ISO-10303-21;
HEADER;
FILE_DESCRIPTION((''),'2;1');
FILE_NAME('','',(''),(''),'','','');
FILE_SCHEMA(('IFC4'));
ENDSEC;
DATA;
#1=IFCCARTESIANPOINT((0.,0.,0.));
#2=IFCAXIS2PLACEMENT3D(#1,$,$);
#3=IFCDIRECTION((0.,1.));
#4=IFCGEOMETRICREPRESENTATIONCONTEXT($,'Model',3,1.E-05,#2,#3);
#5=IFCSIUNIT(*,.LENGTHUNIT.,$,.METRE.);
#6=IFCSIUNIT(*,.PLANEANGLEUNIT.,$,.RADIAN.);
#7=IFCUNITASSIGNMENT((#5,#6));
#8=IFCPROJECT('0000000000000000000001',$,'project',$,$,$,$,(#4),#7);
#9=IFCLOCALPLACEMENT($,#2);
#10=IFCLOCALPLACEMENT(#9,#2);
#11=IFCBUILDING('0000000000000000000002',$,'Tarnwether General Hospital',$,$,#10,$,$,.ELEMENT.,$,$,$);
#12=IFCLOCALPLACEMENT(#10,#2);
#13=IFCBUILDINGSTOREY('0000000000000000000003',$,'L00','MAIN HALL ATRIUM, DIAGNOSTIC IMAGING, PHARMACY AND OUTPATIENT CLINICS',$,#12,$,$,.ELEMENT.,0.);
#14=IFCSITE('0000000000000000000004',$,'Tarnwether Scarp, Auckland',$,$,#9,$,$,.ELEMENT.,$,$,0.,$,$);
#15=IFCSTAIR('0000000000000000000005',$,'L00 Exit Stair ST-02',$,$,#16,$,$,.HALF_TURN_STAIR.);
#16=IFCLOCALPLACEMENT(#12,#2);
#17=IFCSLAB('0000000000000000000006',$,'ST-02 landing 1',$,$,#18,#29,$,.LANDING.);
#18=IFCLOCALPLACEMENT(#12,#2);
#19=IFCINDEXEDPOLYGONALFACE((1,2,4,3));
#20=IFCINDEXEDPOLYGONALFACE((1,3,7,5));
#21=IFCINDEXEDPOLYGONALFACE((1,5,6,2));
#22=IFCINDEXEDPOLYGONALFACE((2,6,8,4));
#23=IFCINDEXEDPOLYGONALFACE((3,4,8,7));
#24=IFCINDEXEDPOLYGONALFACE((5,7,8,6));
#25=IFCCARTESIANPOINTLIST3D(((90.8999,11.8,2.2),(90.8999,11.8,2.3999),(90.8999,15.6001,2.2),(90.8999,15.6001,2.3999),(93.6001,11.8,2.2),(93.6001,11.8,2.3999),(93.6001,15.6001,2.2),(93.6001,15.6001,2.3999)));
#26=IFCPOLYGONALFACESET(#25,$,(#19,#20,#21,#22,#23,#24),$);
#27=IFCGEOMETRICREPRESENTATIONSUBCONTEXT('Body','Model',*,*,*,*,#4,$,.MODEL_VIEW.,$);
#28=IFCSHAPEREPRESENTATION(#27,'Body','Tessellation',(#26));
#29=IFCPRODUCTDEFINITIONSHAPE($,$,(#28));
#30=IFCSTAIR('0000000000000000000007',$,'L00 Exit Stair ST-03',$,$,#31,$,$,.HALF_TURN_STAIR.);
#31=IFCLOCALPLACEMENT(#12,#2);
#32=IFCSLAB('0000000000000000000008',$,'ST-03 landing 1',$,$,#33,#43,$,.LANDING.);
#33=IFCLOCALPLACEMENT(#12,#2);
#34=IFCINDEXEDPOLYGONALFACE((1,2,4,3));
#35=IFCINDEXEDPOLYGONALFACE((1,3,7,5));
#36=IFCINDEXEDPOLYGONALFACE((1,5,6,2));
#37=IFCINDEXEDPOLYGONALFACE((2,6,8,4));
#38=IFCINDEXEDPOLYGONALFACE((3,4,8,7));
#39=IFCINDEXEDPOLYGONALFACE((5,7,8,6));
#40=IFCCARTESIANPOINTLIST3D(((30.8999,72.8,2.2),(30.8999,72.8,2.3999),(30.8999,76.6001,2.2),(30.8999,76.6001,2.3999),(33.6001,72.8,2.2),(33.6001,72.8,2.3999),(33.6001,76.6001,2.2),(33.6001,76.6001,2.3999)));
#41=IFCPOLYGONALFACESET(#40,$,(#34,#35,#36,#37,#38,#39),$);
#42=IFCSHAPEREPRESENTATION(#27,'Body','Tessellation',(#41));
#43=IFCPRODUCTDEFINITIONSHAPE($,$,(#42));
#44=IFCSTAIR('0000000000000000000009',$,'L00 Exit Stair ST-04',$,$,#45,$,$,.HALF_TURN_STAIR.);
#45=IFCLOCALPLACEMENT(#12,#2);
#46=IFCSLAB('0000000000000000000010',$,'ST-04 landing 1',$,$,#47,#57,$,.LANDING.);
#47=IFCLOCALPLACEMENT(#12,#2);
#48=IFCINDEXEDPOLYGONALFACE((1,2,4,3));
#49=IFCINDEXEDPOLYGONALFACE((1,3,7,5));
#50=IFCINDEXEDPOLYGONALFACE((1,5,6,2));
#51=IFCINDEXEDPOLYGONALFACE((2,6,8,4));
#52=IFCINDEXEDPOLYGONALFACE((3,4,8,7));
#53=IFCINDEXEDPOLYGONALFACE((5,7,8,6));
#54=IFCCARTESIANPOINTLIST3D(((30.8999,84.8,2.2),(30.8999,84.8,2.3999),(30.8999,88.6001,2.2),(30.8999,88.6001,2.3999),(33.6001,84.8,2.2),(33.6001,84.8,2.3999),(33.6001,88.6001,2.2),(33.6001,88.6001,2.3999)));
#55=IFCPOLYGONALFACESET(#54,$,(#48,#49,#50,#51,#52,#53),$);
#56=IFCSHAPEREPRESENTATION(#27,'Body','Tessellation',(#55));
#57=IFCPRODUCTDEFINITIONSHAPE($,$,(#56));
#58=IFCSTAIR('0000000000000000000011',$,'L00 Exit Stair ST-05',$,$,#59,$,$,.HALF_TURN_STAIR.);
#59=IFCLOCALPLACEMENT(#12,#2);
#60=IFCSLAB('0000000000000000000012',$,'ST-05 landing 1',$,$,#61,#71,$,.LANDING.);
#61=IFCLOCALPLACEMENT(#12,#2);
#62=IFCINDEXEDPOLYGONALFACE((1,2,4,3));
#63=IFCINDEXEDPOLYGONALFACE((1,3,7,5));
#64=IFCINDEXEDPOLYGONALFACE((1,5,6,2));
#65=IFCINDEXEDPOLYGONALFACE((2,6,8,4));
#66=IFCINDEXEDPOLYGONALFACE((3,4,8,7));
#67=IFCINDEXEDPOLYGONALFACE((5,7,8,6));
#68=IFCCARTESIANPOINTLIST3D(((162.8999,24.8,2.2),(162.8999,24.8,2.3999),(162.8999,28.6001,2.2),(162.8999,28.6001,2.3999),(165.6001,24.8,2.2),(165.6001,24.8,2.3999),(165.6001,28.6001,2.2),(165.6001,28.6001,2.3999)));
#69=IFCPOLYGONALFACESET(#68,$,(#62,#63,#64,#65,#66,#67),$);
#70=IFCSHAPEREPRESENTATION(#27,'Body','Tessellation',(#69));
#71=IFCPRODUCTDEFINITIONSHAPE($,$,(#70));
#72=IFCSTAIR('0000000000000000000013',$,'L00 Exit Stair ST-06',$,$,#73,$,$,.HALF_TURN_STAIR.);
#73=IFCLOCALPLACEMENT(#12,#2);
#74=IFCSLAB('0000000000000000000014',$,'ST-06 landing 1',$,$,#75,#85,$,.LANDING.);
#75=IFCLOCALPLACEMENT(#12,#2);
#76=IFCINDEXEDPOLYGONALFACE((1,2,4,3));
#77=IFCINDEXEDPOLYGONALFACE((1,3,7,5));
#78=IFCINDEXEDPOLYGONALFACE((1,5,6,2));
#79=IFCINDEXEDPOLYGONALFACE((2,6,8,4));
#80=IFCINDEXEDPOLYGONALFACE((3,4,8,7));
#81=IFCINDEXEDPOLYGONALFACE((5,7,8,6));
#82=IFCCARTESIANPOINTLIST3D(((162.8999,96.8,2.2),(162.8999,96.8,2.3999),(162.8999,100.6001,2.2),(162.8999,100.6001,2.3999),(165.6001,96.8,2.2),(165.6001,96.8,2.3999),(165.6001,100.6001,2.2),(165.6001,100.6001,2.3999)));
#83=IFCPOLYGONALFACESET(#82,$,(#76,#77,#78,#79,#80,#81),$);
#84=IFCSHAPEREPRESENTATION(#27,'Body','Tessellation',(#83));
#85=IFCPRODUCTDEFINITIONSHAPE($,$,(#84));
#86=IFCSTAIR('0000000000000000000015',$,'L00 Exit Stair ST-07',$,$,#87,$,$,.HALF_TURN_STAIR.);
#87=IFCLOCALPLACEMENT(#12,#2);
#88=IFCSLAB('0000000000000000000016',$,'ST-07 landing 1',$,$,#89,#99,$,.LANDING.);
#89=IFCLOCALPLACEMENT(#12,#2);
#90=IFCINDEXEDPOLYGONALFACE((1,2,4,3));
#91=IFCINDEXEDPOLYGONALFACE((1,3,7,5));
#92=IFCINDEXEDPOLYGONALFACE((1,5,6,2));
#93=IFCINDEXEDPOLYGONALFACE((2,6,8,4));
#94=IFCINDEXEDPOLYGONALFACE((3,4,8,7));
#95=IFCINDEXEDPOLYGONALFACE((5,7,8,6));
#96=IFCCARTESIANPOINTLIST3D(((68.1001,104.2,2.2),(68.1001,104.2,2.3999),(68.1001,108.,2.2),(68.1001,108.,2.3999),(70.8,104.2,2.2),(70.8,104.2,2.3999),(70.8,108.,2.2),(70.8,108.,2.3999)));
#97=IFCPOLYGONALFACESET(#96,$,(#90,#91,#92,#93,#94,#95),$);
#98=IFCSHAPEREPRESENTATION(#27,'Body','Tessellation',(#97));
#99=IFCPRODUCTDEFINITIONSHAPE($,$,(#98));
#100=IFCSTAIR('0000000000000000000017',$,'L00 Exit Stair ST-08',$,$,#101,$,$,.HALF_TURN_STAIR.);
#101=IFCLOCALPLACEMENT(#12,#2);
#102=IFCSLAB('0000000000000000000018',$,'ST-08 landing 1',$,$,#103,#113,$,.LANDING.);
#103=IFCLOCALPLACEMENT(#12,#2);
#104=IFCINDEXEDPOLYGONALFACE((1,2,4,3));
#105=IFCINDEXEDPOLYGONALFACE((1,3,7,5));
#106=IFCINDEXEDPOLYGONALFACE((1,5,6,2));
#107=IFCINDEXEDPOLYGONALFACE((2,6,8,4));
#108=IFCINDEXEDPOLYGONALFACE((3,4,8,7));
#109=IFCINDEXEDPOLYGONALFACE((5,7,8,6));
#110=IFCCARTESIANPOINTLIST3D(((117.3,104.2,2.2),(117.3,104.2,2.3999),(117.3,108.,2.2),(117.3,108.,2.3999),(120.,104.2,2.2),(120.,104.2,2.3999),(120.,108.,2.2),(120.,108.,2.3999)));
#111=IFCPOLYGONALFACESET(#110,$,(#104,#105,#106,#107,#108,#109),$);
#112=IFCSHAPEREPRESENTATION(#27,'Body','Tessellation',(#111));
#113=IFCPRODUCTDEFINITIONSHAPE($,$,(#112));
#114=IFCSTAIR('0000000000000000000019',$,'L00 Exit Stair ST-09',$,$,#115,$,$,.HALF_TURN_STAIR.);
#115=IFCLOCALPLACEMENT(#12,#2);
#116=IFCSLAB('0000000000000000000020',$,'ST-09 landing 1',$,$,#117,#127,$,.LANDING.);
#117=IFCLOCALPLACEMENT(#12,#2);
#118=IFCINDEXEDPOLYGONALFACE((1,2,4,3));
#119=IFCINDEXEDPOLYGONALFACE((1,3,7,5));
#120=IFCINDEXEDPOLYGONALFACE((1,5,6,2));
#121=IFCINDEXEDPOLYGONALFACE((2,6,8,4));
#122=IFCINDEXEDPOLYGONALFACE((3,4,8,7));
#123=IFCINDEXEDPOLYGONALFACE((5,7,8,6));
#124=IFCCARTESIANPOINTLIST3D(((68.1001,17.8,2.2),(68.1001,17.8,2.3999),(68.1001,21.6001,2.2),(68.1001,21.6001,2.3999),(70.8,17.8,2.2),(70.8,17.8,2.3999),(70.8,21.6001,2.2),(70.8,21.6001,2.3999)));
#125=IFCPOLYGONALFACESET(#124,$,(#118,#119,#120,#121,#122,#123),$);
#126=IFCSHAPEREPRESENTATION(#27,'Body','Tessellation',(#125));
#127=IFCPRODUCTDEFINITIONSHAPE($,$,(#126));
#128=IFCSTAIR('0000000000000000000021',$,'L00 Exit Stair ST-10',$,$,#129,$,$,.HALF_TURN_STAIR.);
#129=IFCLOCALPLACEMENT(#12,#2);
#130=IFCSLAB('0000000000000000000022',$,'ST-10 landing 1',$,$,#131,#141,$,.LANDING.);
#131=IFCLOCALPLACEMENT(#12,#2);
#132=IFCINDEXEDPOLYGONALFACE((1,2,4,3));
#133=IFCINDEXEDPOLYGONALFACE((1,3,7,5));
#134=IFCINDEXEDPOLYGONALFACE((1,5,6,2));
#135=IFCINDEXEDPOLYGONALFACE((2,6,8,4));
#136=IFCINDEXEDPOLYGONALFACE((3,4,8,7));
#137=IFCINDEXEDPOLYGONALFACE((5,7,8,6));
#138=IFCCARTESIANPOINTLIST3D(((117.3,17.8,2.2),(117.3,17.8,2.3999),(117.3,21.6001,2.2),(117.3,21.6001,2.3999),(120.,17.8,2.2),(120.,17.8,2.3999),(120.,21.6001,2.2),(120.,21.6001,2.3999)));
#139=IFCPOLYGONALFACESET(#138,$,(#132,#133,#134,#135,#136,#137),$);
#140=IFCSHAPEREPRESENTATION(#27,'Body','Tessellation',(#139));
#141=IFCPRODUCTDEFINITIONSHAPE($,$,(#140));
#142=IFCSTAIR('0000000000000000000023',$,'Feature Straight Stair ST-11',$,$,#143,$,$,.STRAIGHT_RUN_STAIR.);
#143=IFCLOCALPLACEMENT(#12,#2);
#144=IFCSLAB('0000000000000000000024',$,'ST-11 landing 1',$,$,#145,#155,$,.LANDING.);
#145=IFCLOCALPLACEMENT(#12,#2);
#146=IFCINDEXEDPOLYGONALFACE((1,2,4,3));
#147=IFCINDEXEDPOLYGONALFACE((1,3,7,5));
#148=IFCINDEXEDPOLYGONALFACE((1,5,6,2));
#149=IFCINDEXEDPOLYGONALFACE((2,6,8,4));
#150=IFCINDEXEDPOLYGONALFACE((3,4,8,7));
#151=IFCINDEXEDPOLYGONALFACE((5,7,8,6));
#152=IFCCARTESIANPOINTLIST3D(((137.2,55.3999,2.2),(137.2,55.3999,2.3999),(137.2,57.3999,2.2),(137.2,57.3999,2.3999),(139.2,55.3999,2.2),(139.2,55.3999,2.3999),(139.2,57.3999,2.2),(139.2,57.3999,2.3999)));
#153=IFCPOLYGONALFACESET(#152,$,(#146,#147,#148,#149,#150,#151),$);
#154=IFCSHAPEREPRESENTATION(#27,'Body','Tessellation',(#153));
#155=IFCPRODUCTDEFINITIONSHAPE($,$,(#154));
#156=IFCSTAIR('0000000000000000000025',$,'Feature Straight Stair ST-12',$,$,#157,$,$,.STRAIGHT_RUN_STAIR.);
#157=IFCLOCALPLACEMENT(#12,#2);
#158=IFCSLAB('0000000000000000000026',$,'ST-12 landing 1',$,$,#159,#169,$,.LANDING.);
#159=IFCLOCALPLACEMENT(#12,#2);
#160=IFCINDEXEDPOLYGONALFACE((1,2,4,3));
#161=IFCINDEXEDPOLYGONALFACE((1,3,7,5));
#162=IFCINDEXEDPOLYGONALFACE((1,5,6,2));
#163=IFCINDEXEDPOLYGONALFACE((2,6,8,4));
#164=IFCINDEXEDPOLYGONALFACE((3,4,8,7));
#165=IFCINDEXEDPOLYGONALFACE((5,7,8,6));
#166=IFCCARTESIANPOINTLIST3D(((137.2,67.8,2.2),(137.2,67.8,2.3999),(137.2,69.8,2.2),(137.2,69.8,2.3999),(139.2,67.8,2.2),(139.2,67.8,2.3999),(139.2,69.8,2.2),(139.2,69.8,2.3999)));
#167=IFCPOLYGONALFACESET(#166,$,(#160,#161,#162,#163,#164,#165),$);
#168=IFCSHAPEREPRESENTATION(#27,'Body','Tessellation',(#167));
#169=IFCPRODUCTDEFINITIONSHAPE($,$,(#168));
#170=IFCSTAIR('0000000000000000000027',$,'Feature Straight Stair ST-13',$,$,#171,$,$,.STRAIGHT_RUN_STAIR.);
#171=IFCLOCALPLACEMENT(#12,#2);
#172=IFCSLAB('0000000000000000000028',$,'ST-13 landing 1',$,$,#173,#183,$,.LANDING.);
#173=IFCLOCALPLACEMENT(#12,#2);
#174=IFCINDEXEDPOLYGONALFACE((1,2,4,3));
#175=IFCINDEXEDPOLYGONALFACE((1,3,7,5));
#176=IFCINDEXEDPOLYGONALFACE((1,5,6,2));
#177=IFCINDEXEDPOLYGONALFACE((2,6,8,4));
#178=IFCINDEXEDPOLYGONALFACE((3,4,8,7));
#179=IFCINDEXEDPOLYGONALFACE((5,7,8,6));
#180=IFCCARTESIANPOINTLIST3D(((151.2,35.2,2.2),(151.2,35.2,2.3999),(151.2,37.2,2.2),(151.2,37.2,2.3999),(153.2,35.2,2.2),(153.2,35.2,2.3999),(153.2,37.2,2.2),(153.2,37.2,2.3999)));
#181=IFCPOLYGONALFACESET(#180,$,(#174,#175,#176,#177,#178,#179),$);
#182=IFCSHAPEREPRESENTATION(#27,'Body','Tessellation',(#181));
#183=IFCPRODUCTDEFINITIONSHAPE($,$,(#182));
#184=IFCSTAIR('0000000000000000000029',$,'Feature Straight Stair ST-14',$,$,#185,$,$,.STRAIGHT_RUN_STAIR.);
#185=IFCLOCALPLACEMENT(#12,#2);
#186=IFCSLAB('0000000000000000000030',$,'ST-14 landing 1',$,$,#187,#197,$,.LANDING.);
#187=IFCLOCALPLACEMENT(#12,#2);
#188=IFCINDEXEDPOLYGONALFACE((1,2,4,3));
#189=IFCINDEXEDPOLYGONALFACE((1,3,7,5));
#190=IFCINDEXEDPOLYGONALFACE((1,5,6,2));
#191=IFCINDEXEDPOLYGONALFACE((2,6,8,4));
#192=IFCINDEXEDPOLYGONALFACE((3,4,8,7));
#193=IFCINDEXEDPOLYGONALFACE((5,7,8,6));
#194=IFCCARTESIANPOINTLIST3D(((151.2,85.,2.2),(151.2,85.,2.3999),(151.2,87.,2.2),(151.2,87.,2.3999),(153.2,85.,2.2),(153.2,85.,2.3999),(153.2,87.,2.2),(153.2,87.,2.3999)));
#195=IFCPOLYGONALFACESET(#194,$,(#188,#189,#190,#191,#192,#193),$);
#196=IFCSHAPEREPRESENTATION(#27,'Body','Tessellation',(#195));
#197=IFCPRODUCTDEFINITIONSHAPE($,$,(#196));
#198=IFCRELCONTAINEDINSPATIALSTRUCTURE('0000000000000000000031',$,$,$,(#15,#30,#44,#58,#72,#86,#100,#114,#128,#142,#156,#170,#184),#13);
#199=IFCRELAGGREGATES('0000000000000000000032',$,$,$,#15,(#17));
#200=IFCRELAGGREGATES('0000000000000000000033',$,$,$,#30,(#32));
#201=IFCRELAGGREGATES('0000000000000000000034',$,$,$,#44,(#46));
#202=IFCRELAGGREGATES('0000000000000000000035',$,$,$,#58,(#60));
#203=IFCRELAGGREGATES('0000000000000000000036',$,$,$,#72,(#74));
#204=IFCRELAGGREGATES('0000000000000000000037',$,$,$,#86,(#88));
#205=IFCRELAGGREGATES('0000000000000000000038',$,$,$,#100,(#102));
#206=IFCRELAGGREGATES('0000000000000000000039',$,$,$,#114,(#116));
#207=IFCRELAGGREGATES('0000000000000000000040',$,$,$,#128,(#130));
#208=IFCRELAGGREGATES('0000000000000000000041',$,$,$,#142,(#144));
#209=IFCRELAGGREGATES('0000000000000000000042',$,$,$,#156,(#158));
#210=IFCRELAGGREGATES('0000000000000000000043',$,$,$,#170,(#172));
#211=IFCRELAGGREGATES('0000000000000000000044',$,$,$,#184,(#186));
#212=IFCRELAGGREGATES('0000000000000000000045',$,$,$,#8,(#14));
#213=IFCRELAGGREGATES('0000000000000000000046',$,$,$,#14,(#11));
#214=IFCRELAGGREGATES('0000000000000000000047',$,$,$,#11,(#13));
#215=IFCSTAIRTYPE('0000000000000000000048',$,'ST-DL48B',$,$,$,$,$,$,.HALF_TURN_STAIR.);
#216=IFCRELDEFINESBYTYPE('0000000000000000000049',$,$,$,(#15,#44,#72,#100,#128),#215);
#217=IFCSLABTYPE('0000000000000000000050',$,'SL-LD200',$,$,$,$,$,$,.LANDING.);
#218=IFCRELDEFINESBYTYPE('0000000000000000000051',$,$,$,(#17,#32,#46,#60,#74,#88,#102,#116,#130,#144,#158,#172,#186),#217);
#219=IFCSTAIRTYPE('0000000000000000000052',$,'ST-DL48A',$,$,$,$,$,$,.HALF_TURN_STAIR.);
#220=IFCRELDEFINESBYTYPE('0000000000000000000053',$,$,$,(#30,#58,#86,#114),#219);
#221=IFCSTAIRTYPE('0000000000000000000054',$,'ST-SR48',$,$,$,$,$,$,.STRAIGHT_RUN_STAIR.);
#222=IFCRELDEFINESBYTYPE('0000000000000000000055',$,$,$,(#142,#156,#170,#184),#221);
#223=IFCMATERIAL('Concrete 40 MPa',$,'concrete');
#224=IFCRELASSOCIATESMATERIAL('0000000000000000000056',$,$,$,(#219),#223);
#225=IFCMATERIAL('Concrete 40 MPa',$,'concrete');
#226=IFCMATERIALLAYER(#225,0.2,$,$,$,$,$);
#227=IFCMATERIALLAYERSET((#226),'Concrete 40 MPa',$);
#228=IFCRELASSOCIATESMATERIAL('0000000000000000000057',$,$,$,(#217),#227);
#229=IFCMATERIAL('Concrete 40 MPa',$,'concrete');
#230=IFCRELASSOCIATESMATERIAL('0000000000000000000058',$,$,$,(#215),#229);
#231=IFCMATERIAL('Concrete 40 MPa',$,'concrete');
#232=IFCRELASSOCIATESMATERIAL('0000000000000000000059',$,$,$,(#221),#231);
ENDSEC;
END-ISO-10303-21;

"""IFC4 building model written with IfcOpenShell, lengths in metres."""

from ifc_helpers import new_model, si_unit, direction, frame, origin, place, context, subcontext, project, spatial, polyline, outline, extrude, material, layer, layer_set, type_object, element, aggregate, save


model = new_model("IFC4")

# Units and contexts
model_context = context("Model", 3, precision=1e-05, world=origin(), true_north=direction((0.0, 1.0)))
body_context = subcontext(model_context, "Body", "Model", "MODEL_VIEW")
ifc_project = project(units=[si_unit("LENGTHUNIT", "METRE"), si_unit("PLANEANGLEUNIT", "RADIAN")], contexts=[model_context])

# Site, building, storey
site_placement = place(None, origin())
site = spatial("IfcSite", under=ifc_project, at=site_placement, Name="Tarnwether Scarp, Auckland", CompositionType="ELEMENT", RefElevation=0.0)
building_placement = place(site_placement, origin())
building = spatial("IfcBuilding", under=site, at=building_placement, Name="Tarnwether General Hospital", CompositionType="ELEMENT")
storey_placement = place(building_placement, origin())
storey = spatial("IfcBuildingStorey", under=building, at=storey_placement, Name="L00", Description="MAIN HALL ATRIUM, DIAGNOSTIC IMAGING, PHARMACY AND OUTPATIENT CLINICS", CompositionType="ELEMENT", Elevation=0.0)

# Stairs, slabs
ifc_material_1 = material(Name="Concrete 40 MPa", Category="concrete")
stair_type_1 = type_object("IfcStairType", Name="ST-DL48A", PredefinedType="HALF_TURN_STAIR", material=ifc_material_1)
ifc_material_2 = material(Name="Concrete 40 MPa", Category="concrete")
ifc_layer_1 = layer(ifc_material_2, 0.2)
ifc_layer_set_1 = layer_set([ifc_layer_1], Name="Concrete 40 MPa")
slab_type = type_object("IfcSlabType", Name="SL-LD200", PredefinedType="LANDING", material=ifc_layer_set_1)
ifc_material_3 = material(Name="Concrete 40 MPa", Category="concrete")
stair_type_2 = type_object("IfcStairType", Name="ST-DL48B", PredefinedType="HALF_TURN_STAIR", material=ifc_material_3)
stair_1_placement = place(storey_placement, origin())
stair_1 = element("IfcStair", 1, at=stair_1_placement, inside=storey, type_object=stair_type_2, Name="L00 Exit Stair ST-02", PredefinedType="HALF_TURN_STAIR")
slab_1_placement = place(storey_placement, frame((0.0, 0.0, 2.2)))
slab_1 = element("IfcSlab", 2, at=slab_1_placement, type_object=slab_type, Name="ST-02 landing 1", PredefinedType="LANDING", context=body_context, shape_type="SweptSolid", body=[
    extrude(outline(polyline([(90.8999, 11.8), (93.6001, 11.8), (93.6001, 15.6001), (90.8999, 15.6001), (90.8999, 11.8)])), origin(), (0.0, 0.0, 1.0), 0.2),
])
aggregate(stair_1, [slab_1])
stair_2_placement = place(storey_placement, origin())
stair_2 = element("IfcStair", 3, at=stair_2_placement, inside=storey, type_object=stair_type_1, Name="L00 Exit Stair ST-03", PredefinedType="HALF_TURN_STAIR")
slab_2_placement = place(storey_placement, frame((0.0, 0.0, 2.2)))
slab_2 = element("IfcSlab", 4, at=slab_2_placement, type_object=slab_type, Name="ST-03 landing 1", PredefinedType="LANDING", context=body_context, shape_type="SweptSolid", body=[
    extrude(outline(polyline([(30.8999, 72.8), (33.6001, 72.8), (33.6001, 76.6001), (30.8999, 76.6001), (30.8999, 72.8)])), origin(), (0.0, 0.0, 1.0), 0.2),
])
aggregate(stair_2, [slab_2])
stair_3_placement = place(storey_placement, origin())
stair_3 = element("IfcStair", 5, at=stair_3_placement, inside=storey, type_object=stair_type_2, Name="L00 Exit Stair ST-04", PredefinedType="HALF_TURN_STAIR")
slab_3_placement = place(storey_placement, frame((0.0, 0.0, 2.2)))
slab_3 = element("IfcSlab", 6, at=slab_3_placement, type_object=slab_type, Name="ST-04 landing 1", PredefinedType="LANDING", context=body_context, shape_type="SweptSolid", body=[
    extrude(outline(polyline([(30.8999, 84.8), (33.6001, 84.8), (33.6001, 88.6001), (30.8999, 88.6001), (30.8999, 84.8)])), origin(), (0.0, 0.0, 1.0), 0.2),
])
aggregate(stair_3, [slab_3])
stair_4_placement = place(storey_placement, origin())
stair_4 = element("IfcStair", 7, at=stair_4_placement, inside=storey, type_object=stair_type_1, Name="L00 Exit Stair ST-05", PredefinedType="HALF_TURN_STAIR")
slab_4_placement = place(storey_placement, frame((0.0, 0.0, 2.2)))
slab_4 = element("IfcSlab", 8, at=slab_4_placement, type_object=slab_type, Name="ST-05 landing 1", PredefinedType="LANDING", context=body_context, shape_type="SweptSolid", body=[
    extrude(outline(polyline([(162.8999, 24.8), (165.6001, 24.8), (165.6001, 28.6001), (162.8999, 28.6001), (162.8999, 24.8)])), origin(), (0.0, 0.0, 1.0), 0.2),
])
aggregate(stair_4, [slab_4])
stair_5_placement = place(storey_placement, origin())
stair_5 = element("IfcStair", 9, at=stair_5_placement, inside=storey, type_object=stair_type_2, Name="L00 Exit Stair ST-06", PredefinedType="HALF_TURN_STAIR")
slab_5_placement = place(storey_placement, frame((0.0, 0.0, 2.2)))
slab_5 = element("IfcSlab", 10, at=slab_5_placement, type_object=slab_type, Name="ST-06 landing 1", PredefinedType="LANDING", context=body_context, shape_type="SweptSolid", body=[
    extrude(outline(polyline([(162.8999, 96.8), (165.6001, 96.8), (165.6001, 100.6001), (162.8999, 100.6001), (162.8999, 96.8)])), origin(), (0.0, 0.0, 1.0), 0.2),
])
aggregate(stair_5, [slab_5])
stair_6_placement = place(storey_placement, origin())
stair_6 = element("IfcStair", 11, at=stair_6_placement, inside=storey, type_object=stair_type_1, Name="L00 Exit Stair ST-07", PredefinedType="HALF_TURN_STAIR")
slab_6_placement = place(storey_placement, frame((0.0, 0.0, 2.2)))
slab_6 = element("IfcSlab", 12, at=slab_6_placement, type_object=slab_type, Name="ST-07 landing 1", PredefinedType="LANDING", context=body_context, shape_type="SweptSolid", body=[
    extrude(outline(polyline([(68.1001, 104.2), (70.8, 104.2), (70.8, 108.0), (68.1001, 108.0), (68.1001, 104.2)])), origin(), (0.0, 0.0, 1.0), 0.2),
])
aggregate(stair_6, [slab_6])
stair_7_placement = place(storey_placement, origin())
stair_7 = element("IfcStair", 13, at=stair_7_placement, inside=storey, type_object=stair_type_2, Name="L00 Exit Stair ST-08", PredefinedType="HALF_TURN_STAIR")
slab_7_placement = place(storey_placement, frame((0.0, 0.0, 2.2)))
slab_7 = element("IfcSlab", 14, at=slab_7_placement, type_object=slab_type, Name="ST-08 landing 1", PredefinedType="LANDING", context=body_context, shape_type="SweptSolid", body=[
    extrude(outline(polyline([(117.3, 104.2), (120.0, 104.2), (120.0, 108.0), (117.3, 108.0), (117.3, 104.2)])), origin(), (0.0, 0.0, 1.0), 0.2),
])
aggregate(stair_7, [slab_7])
stair_8_placement = place(storey_placement, origin())
stair_8 = element("IfcStair", 15, at=stair_8_placement, inside=storey, type_object=stair_type_1, Name="L00 Exit Stair ST-09", PredefinedType="HALF_TURN_STAIR")
slab_8_placement = place(storey_placement, frame((0.0, 0.0, 2.2)))
slab_8 = element("IfcSlab", 16, at=slab_8_placement, type_object=slab_type, Name="ST-09 landing 1", PredefinedType="LANDING", context=body_context, shape_type="SweptSolid", body=[
    extrude(outline(polyline([(68.1001, 17.8), (70.8, 17.8), (70.8, 21.6001), (68.1001, 21.6001), (68.1001, 17.8)])), origin(), (0.0, 0.0, 1.0), 0.2),
])
aggregate(stair_8, [slab_8])
stair_9_placement = place(storey_placement, origin())
stair_9 = element("IfcStair", 17, at=stair_9_placement, inside=storey, type_object=stair_type_2, Name="L00 Exit Stair ST-10", PredefinedType="HALF_TURN_STAIR")
slab_9_placement = place(storey_placement, frame((0.0, 0.0, 2.2)))
slab_9 = element("IfcSlab", 18, at=slab_9_placement, type_object=slab_type, Name="ST-10 landing 1", PredefinedType="LANDING", context=body_context, shape_type="SweptSolid", body=[
    extrude(outline(polyline([(117.3, 17.8), (120.0, 17.8), (120.0, 21.6001), (117.3, 21.6001), (117.3, 17.8)])), origin(), (0.0, 0.0, 1.0), 0.2),
])
aggregate(stair_9, [slab_9])
ifc_material_4 = material(Name="Concrete 40 MPa", Category="concrete")
stair_type_3 = type_object("IfcStairType", Name="ST-SR48", PredefinedType="STRAIGHT_RUN_STAIR", material=ifc_material_4)
stair_10_placement = place(storey_placement, origin())
stair_10 = element("IfcStair", 19, at=stair_10_placement, inside=storey, type_object=stair_type_3, Name="Feature Straight Stair ST-11", PredefinedType="STRAIGHT_RUN_STAIR")
slab_10_placement = place(storey_placement, frame((0.0, 0.0, 2.2)))
slab_10 = element("IfcSlab", 20, at=slab_10_placement, type_object=slab_type, Name="ST-11 landing 1", PredefinedType="LANDING", context=body_context, shape_type="SweptSolid", body=[
    extrude(outline(polyline([(139.2, 55.3999), (139.2, 57.3999), (137.2, 57.3999), (137.2, 55.3999), (139.2, 55.3999)])), origin(), (0.0, 0.0, 1.0), 0.2),
])
aggregate(stair_10, [slab_10])
stair_11_placement = place(storey_placement, origin())
stair_11 = element("IfcStair", 21, at=stair_11_placement, inside=storey, type_object=stair_type_3, Name="Feature Straight Stair ST-12", PredefinedType="STRAIGHT_RUN_STAIR")
slab_11_placement = place(storey_placement, frame((0.0, 0.0, 2.2)))
slab_11 = element("IfcSlab", 22, at=slab_11_placement, type_object=slab_type, Name="ST-12 landing 1", PredefinedType="LANDING", context=body_context, shape_type="SweptSolid", body=[
    extrude(outline(polyline([(137.2, 69.8), (137.2, 67.8), (139.2, 67.8), (139.2, 69.8), (137.2, 69.8)])), origin(), (0.0, 0.0, 1.0), 0.2),
])
aggregate(stair_11, [slab_11])
stair_12_placement = place(storey_placement, origin())
stair_12 = element("IfcStair", 23, at=stair_12_placement, inside=storey, type_object=stair_type_3, Name="Feature Straight Stair ST-13", PredefinedType="STRAIGHT_RUN_STAIR")
slab_12_placement = place(storey_placement, frame((0.0, 0.0, 2.2)))
slab_12 = element("IfcSlab", 24, at=slab_12_placement, type_object=slab_type, Name="ST-13 landing 1", PredefinedType="LANDING", context=body_context, shape_type="SweptSolid", body=[
    extrude(outline(polyline([(151.2, 35.2), (153.2, 35.2), (153.2, 37.2), (151.2, 37.2), (151.2, 35.2)])), origin(), (0.0, 0.0, 1.0), 0.2),
])
aggregate(stair_12, [slab_12])
stair_13_placement = place(storey_placement, origin())
stair_13 = element("IfcStair", 25, at=stair_13_placement, inside=storey, type_object=stair_type_3, Name="Feature Straight Stair ST-14", PredefinedType="STRAIGHT_RUN_STAIR")
slab_13_placement = place(storey_placement, frame((0.0, 0.0, 2.2)))
slab_13 = element("IfcSlab", 26, at=slab_13_placement, type_object=slab_type, Name="ST-14 landing 1", PredefinedType="LANDING", context=body_context, shape_type="SweptSolid", body=[
    extrude(outline(polyline([(151.2, 85.0), (153.2, 85.0), (153.2, 87.0), (151.2, 87.0), (151.2, 85.0)])), origin(), (0.0, 0.0, 1.0), 0.2),
])
aggregate(stair_13, [slab_13])

save(model, "model.ifc")
